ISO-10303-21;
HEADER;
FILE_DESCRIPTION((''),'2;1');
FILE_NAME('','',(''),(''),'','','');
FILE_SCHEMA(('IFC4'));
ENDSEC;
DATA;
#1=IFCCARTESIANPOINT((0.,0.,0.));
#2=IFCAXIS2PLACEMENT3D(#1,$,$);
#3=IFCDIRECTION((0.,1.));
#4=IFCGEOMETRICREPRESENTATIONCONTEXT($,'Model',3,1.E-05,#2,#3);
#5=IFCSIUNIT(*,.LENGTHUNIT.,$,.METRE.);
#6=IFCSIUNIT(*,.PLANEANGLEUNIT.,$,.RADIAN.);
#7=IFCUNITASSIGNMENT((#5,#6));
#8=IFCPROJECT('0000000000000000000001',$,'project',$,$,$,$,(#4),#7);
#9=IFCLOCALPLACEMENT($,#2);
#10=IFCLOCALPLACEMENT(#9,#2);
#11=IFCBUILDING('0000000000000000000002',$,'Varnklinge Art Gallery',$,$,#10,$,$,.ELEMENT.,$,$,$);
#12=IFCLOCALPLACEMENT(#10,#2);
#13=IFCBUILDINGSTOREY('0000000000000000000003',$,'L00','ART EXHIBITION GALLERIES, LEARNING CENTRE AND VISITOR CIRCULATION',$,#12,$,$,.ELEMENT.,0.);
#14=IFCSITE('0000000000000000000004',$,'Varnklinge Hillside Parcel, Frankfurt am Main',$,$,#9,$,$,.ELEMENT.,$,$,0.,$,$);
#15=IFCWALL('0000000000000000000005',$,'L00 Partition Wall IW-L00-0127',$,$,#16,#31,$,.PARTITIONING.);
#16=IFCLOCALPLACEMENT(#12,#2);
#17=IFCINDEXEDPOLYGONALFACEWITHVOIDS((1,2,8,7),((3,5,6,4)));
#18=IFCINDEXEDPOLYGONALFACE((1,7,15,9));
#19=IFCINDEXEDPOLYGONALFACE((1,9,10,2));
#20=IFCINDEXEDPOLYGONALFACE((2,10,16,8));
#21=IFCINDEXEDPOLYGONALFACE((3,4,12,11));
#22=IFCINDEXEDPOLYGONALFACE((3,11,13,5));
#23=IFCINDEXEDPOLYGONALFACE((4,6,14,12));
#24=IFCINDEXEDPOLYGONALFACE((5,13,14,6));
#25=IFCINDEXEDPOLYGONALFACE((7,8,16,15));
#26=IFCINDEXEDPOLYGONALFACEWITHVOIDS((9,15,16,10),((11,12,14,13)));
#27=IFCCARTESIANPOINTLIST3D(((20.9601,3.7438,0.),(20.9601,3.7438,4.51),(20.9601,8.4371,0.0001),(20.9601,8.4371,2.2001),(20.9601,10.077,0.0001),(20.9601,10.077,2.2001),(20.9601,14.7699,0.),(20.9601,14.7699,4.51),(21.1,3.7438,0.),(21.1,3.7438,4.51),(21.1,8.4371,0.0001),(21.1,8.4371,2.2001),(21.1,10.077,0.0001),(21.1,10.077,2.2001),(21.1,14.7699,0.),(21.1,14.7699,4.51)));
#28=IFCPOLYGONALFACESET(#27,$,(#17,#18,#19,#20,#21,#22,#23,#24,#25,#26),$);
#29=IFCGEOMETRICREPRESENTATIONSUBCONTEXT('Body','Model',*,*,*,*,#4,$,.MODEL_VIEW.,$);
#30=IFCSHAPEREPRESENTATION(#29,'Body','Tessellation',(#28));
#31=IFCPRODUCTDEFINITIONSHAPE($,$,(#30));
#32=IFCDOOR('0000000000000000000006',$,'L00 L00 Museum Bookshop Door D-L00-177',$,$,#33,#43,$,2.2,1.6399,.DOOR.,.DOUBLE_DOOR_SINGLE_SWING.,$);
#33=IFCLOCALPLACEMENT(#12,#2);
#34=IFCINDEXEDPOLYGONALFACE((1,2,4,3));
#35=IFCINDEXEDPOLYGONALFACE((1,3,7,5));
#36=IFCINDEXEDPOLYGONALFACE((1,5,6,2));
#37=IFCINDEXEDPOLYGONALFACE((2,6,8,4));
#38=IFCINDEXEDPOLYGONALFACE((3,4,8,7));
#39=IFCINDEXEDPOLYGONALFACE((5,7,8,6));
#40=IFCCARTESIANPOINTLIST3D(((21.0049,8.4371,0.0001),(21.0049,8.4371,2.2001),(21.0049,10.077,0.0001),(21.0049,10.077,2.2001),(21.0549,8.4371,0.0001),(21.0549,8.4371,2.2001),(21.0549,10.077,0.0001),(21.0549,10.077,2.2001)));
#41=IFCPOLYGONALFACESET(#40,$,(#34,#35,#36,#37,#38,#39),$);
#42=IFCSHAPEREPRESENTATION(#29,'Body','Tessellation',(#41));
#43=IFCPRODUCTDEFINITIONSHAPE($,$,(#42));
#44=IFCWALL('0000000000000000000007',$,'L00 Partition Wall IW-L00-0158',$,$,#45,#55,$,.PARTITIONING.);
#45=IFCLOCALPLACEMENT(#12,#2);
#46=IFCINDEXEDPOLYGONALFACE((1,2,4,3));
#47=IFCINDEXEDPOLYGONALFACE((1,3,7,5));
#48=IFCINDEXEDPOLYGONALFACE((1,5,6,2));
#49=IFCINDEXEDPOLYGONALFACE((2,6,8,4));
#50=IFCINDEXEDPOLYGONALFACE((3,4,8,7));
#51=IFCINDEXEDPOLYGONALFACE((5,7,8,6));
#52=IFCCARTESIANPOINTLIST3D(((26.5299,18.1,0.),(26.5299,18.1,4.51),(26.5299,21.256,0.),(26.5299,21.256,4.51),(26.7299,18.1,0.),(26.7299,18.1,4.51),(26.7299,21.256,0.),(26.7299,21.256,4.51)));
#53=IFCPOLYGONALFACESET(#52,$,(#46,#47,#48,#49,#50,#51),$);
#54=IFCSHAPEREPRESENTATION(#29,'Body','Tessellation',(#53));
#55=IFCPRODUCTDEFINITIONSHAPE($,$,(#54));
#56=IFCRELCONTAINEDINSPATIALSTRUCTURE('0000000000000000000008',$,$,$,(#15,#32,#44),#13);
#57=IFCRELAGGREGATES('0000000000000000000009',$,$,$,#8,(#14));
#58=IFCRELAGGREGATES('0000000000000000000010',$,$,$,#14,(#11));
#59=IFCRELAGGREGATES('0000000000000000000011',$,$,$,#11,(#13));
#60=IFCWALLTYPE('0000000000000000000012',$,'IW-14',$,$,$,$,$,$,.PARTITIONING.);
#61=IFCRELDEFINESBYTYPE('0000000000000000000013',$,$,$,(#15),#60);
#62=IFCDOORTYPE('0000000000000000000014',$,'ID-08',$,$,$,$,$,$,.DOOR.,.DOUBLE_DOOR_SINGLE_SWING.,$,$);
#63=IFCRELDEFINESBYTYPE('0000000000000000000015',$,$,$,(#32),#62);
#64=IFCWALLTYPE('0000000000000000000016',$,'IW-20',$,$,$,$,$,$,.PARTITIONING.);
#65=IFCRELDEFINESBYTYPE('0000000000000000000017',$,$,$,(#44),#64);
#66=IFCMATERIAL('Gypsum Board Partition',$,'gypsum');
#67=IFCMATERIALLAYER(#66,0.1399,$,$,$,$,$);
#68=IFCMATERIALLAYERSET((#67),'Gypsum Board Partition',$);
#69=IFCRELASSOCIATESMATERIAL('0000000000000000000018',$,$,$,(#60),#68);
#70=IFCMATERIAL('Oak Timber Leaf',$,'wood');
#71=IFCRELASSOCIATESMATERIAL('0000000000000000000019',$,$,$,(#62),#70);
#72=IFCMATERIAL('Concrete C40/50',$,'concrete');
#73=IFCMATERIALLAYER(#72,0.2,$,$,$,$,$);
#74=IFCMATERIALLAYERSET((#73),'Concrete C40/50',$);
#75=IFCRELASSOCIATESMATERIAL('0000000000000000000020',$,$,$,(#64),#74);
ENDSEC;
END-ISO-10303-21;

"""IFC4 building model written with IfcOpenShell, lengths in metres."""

from ifc_helpers import new_model, si_unit, direction, frame, frame_2d, origin, place, context, subcontext, project, spatial, rectangle, extrude, material, layer, layer_set, type_object, element, fill, save


model = new_model("IFC4")

# Units and contexts
model_context = context("Model", 3, precision=1e-05, world=origin(), true_north=direction((0.0, 1.0)))
body_context = subcontext(model_context, "Body", "Model", "MODEL_VIEW")
ifc_project = project(units=[si_unit("LENGTHUNIT", "METRE"), si_unit("PLANEANGLEUNIT", "RADIAN")], contexts=[model_context])

# Site, building, storey
site_placement = place(None, origin())
site = spatial("IfcSite", under=ifc_project, at=site_placement, Name="Varnklinge Hillside Parcel, Frankfurt am Main", CompositionType="ELEMENT", RefElevation=0.0)
building_placement = place(site_placement, origin())
building = spatial("IfcBuilding", under=site, at=building_placement, Name="Varnklinge Art Gallery", CompositionType="ELEMENT")
storey_placement = place(building_placement, origin())
storey = spatial("IfcBuildingStorey", under=building, at=storey_placement, Name="L00", Description="ART EXHIBITION GALLERIES, LEARNING CENTRE AND VISITOR CIRCULATION", CompositionType="ELEMENT", Elevation=0.0)

# Wall, opening, door
ifc_material_1 = material(Name="Gypsum Board Partition", Category="gypsum")
ifc_layer_1 = layer(ifc_material_1, 0.1399)
ifc_layer_set_1 = layer_set([ifc_layer_1], Name="Gypsum Board Partition")
wall_type_1 = type_object("IfcWallType", Name="IW-14", PredefinedType="PARTITIONING", material=ifc_layer_set_1)
wall_1_placement = place(storey_placement, frame((21.03, 14.77, 0.0), z_axis=(0.0, 0.0, 1.0), x_axis=(0.0, -1.0, 0.0)))
wall_1 = element("IfcWall", 1, at=wall_1_placement, inside=storey, type_object=wall_type_1, Name="L00 Partition Wall IW-L00-0127", PredefinedType="PARTITIONING", context=body_context, shape_type="SweptSolid", body=[
    extrude(rectangle(XDim=11.0261, YDim=0.1399, at=frame_2d((5.5132, 0.0))), origin(), (0.0, 0.0, 1.0), 4.51),
])
opening_1_placement = place(wall_1_placement, frame((4.6931, 0.0, 0.0)))
opening_1 = element("IfcOpeningElement", 2, at=opening_1_placement, cuts=wall_1, PredefinedType="OPENING", context=body_context, shape_type="SweptSolid", body=[
    extrude(rectangle(XDim=1.6399, YDim=2.2, at=frame_2d((0.8198, 1.1001))), frame((0.0, 0.0798, 0.0), z_axis=(0.0, -1.0, 0.0), x_axis=(1.0, 0.0, 0.0)), (0.0, 0.0, 1.0), 0.1599),
])
ifc_material_2 = material(Name="Oak Timber Leaf", Category="wood")
door_type_1 = type_object("IfcDoorType", Name="ID-08", OperationType="DOUBLE_DOOR_SINGLE_SWING", PredefinedType="DOOR", material=ifc_material_2)
door_1_placement = place(opening_1_placement, origin())
door_1 = element("IfcDoor", 3, at=door_1_placement, inside=storey, type_object=door_type_1, Name="L00 L00 Museum Bookshop Door D-L00-177", OperationType="DOUBLE_DOOR_SINGLE_SWING", OverallHeight=2.2, OverallWidth=1.6399, PredefinedType="DOOR", context=body_context, shape_type="SweptSolid", body=[
    extrude(rectangle(XDim=1.6399, YDim=2.2, at=frame_2d((0.8198, 1.1001))), frame((0.0, 0.0249, 0.0), z_axis=(0.0, -1.0, 0.0), x_axis=(1.0, 0.0, 0.0)), (0.0, 0.0, 1.0), 0.05),
])
fill(opening_1, door_1)
ifc_material_3 = material(Name="Concrete C40/50", Category="concrete")
ifc_layer_2 = layer(ifc_material_3, 0.2)
ifc_layer_set_2 = layer_set([ifc_layer_2], Name="Concrete C40/50")
wall_type_2 = type_object("IfcWallType", Name="IW-20", PredefinedType="PARTITIONING", material=ifc_layer_set_2)

# Wall
wall_2_placement = place(storey_placement, frame((26.6299, 21.2561, 0.0), z_axis=(0.0, 0.0, 1.0), x_axis=(0.0, -1.0, 0.0)))
element("IfcWall", 4, at=wall_2_placement, inside=storey, type_object=wall_type_2, Name="L00 Partition Wall IW-L00-0158", PredefinedType="PARTITIONING", context=body_context, shape_type="SweptSolid", body=[
    extrude(rectangle(XDim=3.156, YDim=0.2, at=frame_2d((1.5781, 0.0))), origin(), (0.0, 0.0, 1.0), 4.51),
])

save(model, "model.ifc")
